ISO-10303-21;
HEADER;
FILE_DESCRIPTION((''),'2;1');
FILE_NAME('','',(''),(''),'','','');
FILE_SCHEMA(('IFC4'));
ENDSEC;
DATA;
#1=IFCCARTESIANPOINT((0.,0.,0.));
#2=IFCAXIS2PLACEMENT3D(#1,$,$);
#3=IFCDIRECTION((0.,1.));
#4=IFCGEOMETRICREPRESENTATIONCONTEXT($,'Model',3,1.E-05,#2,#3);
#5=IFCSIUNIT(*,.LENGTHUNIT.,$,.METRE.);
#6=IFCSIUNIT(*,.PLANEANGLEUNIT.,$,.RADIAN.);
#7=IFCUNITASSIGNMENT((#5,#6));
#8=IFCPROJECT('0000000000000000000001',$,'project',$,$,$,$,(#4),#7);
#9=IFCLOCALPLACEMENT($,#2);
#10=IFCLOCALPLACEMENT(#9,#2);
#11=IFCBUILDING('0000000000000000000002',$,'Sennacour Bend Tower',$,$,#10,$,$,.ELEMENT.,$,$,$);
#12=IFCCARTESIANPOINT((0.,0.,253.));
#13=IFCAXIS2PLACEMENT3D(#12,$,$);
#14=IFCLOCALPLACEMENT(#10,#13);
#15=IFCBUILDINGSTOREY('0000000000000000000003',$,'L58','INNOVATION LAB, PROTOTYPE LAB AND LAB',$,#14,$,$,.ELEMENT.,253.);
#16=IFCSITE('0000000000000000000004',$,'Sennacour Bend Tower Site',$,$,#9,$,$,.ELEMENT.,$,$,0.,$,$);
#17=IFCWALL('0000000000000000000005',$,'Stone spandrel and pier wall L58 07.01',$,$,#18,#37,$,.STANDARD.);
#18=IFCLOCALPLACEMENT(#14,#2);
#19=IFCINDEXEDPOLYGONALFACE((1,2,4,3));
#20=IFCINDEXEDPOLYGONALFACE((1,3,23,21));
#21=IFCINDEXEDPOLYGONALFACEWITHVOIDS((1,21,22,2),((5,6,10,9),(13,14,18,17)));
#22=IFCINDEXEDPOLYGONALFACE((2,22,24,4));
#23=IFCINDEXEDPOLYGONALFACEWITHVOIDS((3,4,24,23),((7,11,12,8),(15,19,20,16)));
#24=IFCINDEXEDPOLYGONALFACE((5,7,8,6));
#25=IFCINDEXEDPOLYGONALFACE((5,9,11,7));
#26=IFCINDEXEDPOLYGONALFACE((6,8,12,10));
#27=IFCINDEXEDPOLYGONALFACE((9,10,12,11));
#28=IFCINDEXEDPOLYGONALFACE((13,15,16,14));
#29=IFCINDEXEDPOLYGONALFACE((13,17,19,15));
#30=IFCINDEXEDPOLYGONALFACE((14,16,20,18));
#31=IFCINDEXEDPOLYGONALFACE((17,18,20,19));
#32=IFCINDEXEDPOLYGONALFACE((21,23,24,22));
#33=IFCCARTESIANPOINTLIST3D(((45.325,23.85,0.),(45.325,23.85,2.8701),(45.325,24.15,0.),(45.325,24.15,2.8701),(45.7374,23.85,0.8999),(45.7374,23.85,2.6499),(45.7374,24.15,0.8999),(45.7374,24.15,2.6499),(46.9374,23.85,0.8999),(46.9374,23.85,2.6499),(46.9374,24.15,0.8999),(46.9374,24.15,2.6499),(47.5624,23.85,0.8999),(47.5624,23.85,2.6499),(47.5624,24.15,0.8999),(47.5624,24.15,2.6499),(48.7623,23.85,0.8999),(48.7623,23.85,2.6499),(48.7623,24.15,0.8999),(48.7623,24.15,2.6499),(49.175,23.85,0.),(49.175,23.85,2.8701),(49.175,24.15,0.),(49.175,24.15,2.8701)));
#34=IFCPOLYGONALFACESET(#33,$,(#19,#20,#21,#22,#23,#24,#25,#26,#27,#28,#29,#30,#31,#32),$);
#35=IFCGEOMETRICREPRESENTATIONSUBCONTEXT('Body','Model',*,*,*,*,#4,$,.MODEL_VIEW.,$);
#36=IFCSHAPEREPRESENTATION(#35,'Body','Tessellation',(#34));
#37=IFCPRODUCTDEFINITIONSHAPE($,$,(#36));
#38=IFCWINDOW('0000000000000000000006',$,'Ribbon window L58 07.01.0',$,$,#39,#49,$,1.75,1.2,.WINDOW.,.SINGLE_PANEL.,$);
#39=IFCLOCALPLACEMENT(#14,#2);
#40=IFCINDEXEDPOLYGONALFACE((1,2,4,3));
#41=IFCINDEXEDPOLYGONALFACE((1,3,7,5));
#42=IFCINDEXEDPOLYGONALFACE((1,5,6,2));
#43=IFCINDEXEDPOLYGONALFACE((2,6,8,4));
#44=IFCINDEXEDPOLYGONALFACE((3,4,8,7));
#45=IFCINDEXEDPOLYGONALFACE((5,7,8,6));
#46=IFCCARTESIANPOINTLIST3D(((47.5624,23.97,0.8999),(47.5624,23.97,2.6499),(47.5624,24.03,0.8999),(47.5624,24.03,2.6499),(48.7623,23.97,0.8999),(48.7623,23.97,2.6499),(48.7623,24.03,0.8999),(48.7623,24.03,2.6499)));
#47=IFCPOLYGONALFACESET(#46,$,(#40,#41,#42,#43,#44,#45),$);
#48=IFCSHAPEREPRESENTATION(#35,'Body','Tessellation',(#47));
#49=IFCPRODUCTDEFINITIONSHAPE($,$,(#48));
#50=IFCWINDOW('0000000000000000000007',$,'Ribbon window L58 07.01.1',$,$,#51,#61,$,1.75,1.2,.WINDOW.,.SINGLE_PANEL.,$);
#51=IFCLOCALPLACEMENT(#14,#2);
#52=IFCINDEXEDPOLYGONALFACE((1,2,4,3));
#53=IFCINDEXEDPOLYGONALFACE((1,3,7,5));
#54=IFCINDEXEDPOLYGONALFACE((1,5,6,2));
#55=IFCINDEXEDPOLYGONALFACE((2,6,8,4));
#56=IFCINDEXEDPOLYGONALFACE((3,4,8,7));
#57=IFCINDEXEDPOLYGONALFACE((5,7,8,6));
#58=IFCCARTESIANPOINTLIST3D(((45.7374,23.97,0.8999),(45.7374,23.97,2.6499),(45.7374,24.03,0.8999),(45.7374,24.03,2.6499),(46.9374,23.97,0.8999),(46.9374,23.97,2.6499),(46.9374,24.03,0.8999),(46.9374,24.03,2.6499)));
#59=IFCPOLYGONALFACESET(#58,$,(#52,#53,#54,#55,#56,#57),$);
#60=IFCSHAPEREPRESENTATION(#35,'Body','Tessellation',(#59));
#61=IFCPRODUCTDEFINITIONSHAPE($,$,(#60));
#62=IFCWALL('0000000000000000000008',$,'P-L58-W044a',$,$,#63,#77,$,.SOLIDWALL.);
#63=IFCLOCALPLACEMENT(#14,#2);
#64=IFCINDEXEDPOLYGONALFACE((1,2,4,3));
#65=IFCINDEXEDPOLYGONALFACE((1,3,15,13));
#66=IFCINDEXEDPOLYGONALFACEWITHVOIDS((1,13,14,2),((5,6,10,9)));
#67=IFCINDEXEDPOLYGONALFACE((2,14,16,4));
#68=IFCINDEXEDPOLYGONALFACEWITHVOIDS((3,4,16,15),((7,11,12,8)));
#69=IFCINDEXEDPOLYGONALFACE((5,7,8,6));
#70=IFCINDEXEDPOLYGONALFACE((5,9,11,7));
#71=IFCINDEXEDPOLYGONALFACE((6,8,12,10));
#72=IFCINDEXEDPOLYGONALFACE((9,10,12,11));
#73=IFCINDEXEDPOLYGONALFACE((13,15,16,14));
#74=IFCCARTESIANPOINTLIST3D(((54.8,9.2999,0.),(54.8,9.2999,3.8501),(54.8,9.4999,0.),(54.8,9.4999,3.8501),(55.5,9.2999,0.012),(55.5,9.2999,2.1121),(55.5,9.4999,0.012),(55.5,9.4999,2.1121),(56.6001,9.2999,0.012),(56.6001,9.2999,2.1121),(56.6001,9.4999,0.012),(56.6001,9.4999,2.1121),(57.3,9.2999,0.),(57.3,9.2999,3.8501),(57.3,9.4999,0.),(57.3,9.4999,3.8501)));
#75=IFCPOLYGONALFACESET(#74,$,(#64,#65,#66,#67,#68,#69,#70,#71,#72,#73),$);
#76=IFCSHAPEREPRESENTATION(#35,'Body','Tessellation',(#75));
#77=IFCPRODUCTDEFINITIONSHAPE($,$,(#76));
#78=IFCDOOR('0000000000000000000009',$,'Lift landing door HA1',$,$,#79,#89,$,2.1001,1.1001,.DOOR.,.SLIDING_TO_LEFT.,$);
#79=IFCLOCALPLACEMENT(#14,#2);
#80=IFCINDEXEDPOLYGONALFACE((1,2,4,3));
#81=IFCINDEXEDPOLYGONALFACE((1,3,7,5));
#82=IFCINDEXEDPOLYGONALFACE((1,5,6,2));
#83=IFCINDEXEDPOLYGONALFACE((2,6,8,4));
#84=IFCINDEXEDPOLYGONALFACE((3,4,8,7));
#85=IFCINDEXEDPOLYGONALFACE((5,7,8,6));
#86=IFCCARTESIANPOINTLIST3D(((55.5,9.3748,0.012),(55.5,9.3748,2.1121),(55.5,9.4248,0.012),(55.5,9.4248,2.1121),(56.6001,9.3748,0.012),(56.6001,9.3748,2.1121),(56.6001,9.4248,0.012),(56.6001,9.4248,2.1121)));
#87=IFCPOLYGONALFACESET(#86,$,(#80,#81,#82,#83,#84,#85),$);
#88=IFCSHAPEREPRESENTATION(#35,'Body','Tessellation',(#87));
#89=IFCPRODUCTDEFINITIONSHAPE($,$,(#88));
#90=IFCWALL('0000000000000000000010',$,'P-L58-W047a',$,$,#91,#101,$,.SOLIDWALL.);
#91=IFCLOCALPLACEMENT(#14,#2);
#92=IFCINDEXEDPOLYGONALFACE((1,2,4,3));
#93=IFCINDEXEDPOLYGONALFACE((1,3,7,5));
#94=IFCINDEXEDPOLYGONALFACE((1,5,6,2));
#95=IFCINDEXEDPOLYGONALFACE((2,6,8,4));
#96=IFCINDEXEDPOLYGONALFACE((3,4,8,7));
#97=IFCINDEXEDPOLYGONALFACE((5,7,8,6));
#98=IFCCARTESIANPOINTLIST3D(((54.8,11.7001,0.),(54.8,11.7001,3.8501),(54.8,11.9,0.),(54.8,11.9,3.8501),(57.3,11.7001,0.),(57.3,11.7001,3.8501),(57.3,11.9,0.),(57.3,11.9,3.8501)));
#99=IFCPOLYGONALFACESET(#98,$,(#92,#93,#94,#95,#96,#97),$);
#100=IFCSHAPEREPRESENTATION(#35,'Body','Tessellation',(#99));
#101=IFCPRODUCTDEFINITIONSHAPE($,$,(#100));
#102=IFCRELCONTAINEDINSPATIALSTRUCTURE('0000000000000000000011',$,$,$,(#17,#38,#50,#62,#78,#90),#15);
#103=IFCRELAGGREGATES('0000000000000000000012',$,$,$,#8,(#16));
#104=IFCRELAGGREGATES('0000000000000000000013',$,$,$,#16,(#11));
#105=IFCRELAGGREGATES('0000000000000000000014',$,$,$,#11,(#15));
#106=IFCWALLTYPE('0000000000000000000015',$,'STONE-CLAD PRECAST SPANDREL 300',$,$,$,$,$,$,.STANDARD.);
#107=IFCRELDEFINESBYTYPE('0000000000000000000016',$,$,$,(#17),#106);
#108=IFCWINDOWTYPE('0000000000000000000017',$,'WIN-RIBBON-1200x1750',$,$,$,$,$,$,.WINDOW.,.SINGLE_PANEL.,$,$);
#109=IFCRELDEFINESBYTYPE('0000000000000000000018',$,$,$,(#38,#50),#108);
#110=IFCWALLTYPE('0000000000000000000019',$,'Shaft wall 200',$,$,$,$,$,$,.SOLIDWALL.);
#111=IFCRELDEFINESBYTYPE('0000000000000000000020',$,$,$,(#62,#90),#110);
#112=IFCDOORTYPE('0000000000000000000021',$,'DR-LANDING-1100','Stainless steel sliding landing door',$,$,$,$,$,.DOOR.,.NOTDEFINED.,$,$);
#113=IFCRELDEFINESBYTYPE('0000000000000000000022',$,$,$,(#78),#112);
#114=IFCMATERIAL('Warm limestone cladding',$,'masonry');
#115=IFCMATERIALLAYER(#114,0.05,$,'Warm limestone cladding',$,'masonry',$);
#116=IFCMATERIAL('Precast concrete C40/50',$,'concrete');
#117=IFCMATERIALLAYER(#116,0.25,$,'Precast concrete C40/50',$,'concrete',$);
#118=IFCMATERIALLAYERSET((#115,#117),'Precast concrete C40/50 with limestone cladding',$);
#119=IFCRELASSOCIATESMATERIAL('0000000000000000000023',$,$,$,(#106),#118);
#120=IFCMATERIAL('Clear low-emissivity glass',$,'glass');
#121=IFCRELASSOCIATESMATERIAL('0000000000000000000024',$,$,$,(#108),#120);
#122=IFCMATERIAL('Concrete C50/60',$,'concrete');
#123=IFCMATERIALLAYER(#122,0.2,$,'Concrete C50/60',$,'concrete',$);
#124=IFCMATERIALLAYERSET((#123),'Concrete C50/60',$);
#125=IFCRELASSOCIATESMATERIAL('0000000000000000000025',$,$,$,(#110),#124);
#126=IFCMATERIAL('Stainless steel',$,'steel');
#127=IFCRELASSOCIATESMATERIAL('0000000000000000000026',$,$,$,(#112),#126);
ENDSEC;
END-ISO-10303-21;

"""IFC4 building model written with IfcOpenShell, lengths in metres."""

from ifc_helpers import new_model, si_unit, direction, frame, frame_2d, origin, place, context, subcontext, project, spatial, rectangle, extrude, material, layer, layer_set, type_object, element, fill, save


model = new_model("IFC4")

# Units and contexts
model_context = context("Model", 3, precision=1e-05, world=origin(), true_north=direction((0.0, 1.0)))
body_context = subcontext(model_context, "Body", "Model", "MODEL_VIEW")
ifc_project = project(units=[si_unit("LENGTHUNIT", "METRE"), si_unit("PLANEANGLEUNIT", "RADIAN")], contexts=[model_context])

# Site, building, storey
site_placement = place(None, origin())
site = spatial("IfcSite", under=ifc_project, at=site_placement, Name="Sennacour Bend Tower Site", CompositionType="ELEMENT", RefElevation=0.0)
building_placement = place(site_placement, origin())
building = spatial("IfcBuilding", under=site, at=building_placement, Name="Sennacour Bend Tower", CompositionType="ELEMENT")
storey_placement = place(building_placement, frame((0.0, 0.0, 253.0)))
storey = spatial("IfcBuildingStorey", under=building, at=storey_placement, Name="L58", Description="INNOVATION LAB, PROTOTYPE LAB AND LAB", CompositionType="ELEMENT", Elevation=253.0)

# Shared definitions
ifc_material_1 = material(Name="Concrete C50/60", Category="concrete")

# Shared definitions
ifc_material_2 = material(Name="Warm limestone cladding", Category="masonry")
ifc_layer_1 = layer(ifc_material_2, 0.05, Name="Warm limestone cladding", Category="masonry")
ifc_material_3 = material(Name="Precast concrete C40/50", Category="concrete")
ifc_layer_2 = layer(ifc_material_3, 0.25, Name="Precast concrete C40/50", Category="concrete")
ifc_layer_set_1 = layer_set([ifc_layer_1, ifc_layer_2], Name="Precast concrete C40/50 with limestone cladding")
wall_type_1 = type_object("IfcWallType", Name="STONE-CLAD PRECAST SPANDREL 300", PredefinedType="STANDARD", material=ifc_layer_set_1)

# Wall, openings, windows
ifc_material_4 = material(Name="Clear low-emissivity glass", Category="glass")
window_type = type_object("IfcWindowType", Name="WIN-RIBBON-1200x1750", PartitioningType="SINGLE_PANEL", PredefinedType="WINDOW", material=ifc_material_4)
wall_1_placement = place(storey_placement, frame((49.175, 24.0, 0.0), z_axis=(0.0, 0.0, 1.0), x_axis=(-1.0, 0.0, 0.0)))
wall_1 = element("IfcWall", 1, at=wall_1_placement, inside=storey, type_object=wall_type_1, Name="Stone spandrel and pier wall L58 07.01", PredefinedType="STANDARD", context=body_context, shape_type="SweptSolid", body=[
    extrude(rectangle(XDim=3.8501, YDim=0.3, at=frame_2d((1.925, 0.0))), origin(), (0.0, 0.0, 1.0), 2.8701),
])
opening_1_placement = place(wall_1_placement, frame((0.4126, 0.0, 0.8999)))
opening_1 = element("IfcOpeningElement", 2, at=opening_1_placement, cuts=wall_1, PredefinedType="OPENING", context=body_context, shape_type="SweptSolid", body=[
    extrude(rectangle(XDim=1.2, YDim=1.75, at=frame_2d((0.6001, 0.875))), frame((0.0, 0.1602, 0.0), z_axis=(0.0, -1.0, 0.0), x_axis=(1.0, 0.0, 0.0)), (0.0, 0.0, 1.0), 0.3201),
])
opening_2_placement = place(wall_1_placement, frame((2.2375, 0.0, 0.8999)))
opening_2 = element("IfcOpeningElement", 3, at=opening_2_placement, cuts=wall_1, PredefinedType="OPENING", context=body_context, shape_type="SweptSolid", body=[
    extrude(rectangle(XDim=1.2, YDim=1.75, at=frame_2d((0.6001, 0.875))), frame((0.0, 0.1602, 0.0), z_axis=(0.0, -1.0, 0.0), x_axis=(1.0, 0.0, 0.0)), (0.0, 0.0, 1.0), 0.3201),
])
window_1_placement = place(opening_1_placement, origin())
window_1 = element("IfcWindow", 4, at=window_1_placement, inside=storey, type_object=window_type, Name="Ribbon window L58 07.01.0", OverallHeight=1.75, OverallWidth=1.2, PartitioningType="SINGLE_PANEL", PredefinedType="WINDOW", context=body_context, shape_type="SweptSolid", body=[
    extrude(rectangle(XDim=1.2, YDim=1.75, at=frame_2d((0.6001, 0.875))), frame((0.0, 0.03, 0.0), z_axis=(0.0, -1.0, 0.0), x_axis=(1.0, 0.0, 0.0)), (0.0, 0.0, 1.0), 0.0601),
])
fill(opening_1, window_1)
window_2_placement = place(opening_2_placement, origin())
window_2 = element("IfcWindow", 5, at=window_2_placement, inside=storey, type_object=window_type, Name="Ribbon window L58 07.01.1", OverallHeight=1.75, OverallWidth=1.2, PartitioningType="SINGLE_PANEL", PredefinedType="WINDOW", context=body_context, shape_type="SweptSolid", body=[
    extrude(rectangle(XDim=1.2, YDim=1.75, at=frame_2d((0.6001, 0.875))), frame((0.0, 0.03, 0.0), z_axis=(0.0, -1.0, 0.0), x_axis=(1.0, 0.0, 0.0)), (0.0, 0.0, 1.0), 0.0601),
])
fill(opening_2, window_2)

# Wall, opening, door
ifc_layer_3 = layer(ifc_material_1, 0.2, Name="Concrete C50/60", Category="concrete")
ifc_layer_set_2 = layer_set([ifc_layer_3], Name="Concrete C50/60")
wall_type_2 = type_object("IfcWallType", Name="Shaft wall 200", PredefinedType="SOLIDWALL", material=ifc_layer_set_2)
wall_2_placement = place(storey_placement, frame((54.8, 9.3999, 0.0), z_axis=(0.0, 0.0, 1.0), x_axis=(1.0, 0.0, 0.0)))
wall_2 = element("IfcWall", 6, at=wall_2_placement, inside=storey, type_object=wall_type_2, Name="P-L58-W044a", PredefinedType="SOLIDWALL", context=body_context, shape_type="SweptSolid", body=[
    extrude(rectangle(XDim=2.5, YDim=0.2, at=frame_2d((1.25, 0.0))), origin(), (0.0, 0.0, 1.0), 3.8501),
])
opening_3_placement = place(wall_2_placement, frame((0.7, 0.0, 0.012)))
opening_3 = element("IfcOpeningElement", 7, at=opening_3_placement, cuts=wall_2, PredefinedType="OPENING", context=body_context, shape_type="SweptSolid", body=[
    extrude(rectangle(XDim=1.1001, YDim=2.1001, at=frame_2d((0.55, 1.05))), frame((0.0, 0.1099, 0.0), z_axis=(0.0, -1.0, 0.0), x_axis=(1.0, 0.0, 0.0)), (0.0, 0.0, 1.0), 0.22),
])
ifc_material_5 = material(Name="Stainless steel", Category="steel")
door_type_1 = type_object("IfcDoorType", Name="DR-LANDING-1100", Description="Stainless steel sliding landing door", OperationType="NOTDEFINED", PredefinedType="DOOR", material=ifc_material_5)
door_1_placement = place(opening_3_placement, origin())
door_1 = element("IfcDoor", 8, at=door_1_placement, inside=storey, type_object=door_type_1, Name="Lift landing door HA1", OperationType="SLIDING_TO_LEFT", OverallHeight=2.1001, OverallWidth=1.1001, PredefinedType="DOOR", context=body_context, shape_type="SweptSolid", body=[
    extrude(rectangle(XDim=1.1001, YDim=2.1001, at=frame_2d((0.55, 1.05))), frame((0.0, 0.0249, 0.0), z_axis=(0.0, -1.0, 0.0), x_axis=(1.0, 0.0, 0.0)), (0.0, 0.0, 1.0), 0.05),
])
fill(opening_3, door_1)

# Wall
wall_3_placement = place(storey_placement, frame((54.8, 11.8, 0.0), z_axis=(0.0, 0.0, 1.0), x_axis=(1.0, 0.0, 0.0)))
element("IfcWall", 9, at=wall_3_placement, inside=storey, type_object=wall_type_2, Name="P-L58-W047a", PredefinedType="SOLIDWALL", context=body_context, shape_type="SweptSolid", body=[
    extrude(rectangle(XDim=2.5, YDim=0.2, at=frame_2d((1.25, 0.0))), origin(), (0.0, 0.0, 1.0), 3.8501),
])

save(model, "model.ifc")
